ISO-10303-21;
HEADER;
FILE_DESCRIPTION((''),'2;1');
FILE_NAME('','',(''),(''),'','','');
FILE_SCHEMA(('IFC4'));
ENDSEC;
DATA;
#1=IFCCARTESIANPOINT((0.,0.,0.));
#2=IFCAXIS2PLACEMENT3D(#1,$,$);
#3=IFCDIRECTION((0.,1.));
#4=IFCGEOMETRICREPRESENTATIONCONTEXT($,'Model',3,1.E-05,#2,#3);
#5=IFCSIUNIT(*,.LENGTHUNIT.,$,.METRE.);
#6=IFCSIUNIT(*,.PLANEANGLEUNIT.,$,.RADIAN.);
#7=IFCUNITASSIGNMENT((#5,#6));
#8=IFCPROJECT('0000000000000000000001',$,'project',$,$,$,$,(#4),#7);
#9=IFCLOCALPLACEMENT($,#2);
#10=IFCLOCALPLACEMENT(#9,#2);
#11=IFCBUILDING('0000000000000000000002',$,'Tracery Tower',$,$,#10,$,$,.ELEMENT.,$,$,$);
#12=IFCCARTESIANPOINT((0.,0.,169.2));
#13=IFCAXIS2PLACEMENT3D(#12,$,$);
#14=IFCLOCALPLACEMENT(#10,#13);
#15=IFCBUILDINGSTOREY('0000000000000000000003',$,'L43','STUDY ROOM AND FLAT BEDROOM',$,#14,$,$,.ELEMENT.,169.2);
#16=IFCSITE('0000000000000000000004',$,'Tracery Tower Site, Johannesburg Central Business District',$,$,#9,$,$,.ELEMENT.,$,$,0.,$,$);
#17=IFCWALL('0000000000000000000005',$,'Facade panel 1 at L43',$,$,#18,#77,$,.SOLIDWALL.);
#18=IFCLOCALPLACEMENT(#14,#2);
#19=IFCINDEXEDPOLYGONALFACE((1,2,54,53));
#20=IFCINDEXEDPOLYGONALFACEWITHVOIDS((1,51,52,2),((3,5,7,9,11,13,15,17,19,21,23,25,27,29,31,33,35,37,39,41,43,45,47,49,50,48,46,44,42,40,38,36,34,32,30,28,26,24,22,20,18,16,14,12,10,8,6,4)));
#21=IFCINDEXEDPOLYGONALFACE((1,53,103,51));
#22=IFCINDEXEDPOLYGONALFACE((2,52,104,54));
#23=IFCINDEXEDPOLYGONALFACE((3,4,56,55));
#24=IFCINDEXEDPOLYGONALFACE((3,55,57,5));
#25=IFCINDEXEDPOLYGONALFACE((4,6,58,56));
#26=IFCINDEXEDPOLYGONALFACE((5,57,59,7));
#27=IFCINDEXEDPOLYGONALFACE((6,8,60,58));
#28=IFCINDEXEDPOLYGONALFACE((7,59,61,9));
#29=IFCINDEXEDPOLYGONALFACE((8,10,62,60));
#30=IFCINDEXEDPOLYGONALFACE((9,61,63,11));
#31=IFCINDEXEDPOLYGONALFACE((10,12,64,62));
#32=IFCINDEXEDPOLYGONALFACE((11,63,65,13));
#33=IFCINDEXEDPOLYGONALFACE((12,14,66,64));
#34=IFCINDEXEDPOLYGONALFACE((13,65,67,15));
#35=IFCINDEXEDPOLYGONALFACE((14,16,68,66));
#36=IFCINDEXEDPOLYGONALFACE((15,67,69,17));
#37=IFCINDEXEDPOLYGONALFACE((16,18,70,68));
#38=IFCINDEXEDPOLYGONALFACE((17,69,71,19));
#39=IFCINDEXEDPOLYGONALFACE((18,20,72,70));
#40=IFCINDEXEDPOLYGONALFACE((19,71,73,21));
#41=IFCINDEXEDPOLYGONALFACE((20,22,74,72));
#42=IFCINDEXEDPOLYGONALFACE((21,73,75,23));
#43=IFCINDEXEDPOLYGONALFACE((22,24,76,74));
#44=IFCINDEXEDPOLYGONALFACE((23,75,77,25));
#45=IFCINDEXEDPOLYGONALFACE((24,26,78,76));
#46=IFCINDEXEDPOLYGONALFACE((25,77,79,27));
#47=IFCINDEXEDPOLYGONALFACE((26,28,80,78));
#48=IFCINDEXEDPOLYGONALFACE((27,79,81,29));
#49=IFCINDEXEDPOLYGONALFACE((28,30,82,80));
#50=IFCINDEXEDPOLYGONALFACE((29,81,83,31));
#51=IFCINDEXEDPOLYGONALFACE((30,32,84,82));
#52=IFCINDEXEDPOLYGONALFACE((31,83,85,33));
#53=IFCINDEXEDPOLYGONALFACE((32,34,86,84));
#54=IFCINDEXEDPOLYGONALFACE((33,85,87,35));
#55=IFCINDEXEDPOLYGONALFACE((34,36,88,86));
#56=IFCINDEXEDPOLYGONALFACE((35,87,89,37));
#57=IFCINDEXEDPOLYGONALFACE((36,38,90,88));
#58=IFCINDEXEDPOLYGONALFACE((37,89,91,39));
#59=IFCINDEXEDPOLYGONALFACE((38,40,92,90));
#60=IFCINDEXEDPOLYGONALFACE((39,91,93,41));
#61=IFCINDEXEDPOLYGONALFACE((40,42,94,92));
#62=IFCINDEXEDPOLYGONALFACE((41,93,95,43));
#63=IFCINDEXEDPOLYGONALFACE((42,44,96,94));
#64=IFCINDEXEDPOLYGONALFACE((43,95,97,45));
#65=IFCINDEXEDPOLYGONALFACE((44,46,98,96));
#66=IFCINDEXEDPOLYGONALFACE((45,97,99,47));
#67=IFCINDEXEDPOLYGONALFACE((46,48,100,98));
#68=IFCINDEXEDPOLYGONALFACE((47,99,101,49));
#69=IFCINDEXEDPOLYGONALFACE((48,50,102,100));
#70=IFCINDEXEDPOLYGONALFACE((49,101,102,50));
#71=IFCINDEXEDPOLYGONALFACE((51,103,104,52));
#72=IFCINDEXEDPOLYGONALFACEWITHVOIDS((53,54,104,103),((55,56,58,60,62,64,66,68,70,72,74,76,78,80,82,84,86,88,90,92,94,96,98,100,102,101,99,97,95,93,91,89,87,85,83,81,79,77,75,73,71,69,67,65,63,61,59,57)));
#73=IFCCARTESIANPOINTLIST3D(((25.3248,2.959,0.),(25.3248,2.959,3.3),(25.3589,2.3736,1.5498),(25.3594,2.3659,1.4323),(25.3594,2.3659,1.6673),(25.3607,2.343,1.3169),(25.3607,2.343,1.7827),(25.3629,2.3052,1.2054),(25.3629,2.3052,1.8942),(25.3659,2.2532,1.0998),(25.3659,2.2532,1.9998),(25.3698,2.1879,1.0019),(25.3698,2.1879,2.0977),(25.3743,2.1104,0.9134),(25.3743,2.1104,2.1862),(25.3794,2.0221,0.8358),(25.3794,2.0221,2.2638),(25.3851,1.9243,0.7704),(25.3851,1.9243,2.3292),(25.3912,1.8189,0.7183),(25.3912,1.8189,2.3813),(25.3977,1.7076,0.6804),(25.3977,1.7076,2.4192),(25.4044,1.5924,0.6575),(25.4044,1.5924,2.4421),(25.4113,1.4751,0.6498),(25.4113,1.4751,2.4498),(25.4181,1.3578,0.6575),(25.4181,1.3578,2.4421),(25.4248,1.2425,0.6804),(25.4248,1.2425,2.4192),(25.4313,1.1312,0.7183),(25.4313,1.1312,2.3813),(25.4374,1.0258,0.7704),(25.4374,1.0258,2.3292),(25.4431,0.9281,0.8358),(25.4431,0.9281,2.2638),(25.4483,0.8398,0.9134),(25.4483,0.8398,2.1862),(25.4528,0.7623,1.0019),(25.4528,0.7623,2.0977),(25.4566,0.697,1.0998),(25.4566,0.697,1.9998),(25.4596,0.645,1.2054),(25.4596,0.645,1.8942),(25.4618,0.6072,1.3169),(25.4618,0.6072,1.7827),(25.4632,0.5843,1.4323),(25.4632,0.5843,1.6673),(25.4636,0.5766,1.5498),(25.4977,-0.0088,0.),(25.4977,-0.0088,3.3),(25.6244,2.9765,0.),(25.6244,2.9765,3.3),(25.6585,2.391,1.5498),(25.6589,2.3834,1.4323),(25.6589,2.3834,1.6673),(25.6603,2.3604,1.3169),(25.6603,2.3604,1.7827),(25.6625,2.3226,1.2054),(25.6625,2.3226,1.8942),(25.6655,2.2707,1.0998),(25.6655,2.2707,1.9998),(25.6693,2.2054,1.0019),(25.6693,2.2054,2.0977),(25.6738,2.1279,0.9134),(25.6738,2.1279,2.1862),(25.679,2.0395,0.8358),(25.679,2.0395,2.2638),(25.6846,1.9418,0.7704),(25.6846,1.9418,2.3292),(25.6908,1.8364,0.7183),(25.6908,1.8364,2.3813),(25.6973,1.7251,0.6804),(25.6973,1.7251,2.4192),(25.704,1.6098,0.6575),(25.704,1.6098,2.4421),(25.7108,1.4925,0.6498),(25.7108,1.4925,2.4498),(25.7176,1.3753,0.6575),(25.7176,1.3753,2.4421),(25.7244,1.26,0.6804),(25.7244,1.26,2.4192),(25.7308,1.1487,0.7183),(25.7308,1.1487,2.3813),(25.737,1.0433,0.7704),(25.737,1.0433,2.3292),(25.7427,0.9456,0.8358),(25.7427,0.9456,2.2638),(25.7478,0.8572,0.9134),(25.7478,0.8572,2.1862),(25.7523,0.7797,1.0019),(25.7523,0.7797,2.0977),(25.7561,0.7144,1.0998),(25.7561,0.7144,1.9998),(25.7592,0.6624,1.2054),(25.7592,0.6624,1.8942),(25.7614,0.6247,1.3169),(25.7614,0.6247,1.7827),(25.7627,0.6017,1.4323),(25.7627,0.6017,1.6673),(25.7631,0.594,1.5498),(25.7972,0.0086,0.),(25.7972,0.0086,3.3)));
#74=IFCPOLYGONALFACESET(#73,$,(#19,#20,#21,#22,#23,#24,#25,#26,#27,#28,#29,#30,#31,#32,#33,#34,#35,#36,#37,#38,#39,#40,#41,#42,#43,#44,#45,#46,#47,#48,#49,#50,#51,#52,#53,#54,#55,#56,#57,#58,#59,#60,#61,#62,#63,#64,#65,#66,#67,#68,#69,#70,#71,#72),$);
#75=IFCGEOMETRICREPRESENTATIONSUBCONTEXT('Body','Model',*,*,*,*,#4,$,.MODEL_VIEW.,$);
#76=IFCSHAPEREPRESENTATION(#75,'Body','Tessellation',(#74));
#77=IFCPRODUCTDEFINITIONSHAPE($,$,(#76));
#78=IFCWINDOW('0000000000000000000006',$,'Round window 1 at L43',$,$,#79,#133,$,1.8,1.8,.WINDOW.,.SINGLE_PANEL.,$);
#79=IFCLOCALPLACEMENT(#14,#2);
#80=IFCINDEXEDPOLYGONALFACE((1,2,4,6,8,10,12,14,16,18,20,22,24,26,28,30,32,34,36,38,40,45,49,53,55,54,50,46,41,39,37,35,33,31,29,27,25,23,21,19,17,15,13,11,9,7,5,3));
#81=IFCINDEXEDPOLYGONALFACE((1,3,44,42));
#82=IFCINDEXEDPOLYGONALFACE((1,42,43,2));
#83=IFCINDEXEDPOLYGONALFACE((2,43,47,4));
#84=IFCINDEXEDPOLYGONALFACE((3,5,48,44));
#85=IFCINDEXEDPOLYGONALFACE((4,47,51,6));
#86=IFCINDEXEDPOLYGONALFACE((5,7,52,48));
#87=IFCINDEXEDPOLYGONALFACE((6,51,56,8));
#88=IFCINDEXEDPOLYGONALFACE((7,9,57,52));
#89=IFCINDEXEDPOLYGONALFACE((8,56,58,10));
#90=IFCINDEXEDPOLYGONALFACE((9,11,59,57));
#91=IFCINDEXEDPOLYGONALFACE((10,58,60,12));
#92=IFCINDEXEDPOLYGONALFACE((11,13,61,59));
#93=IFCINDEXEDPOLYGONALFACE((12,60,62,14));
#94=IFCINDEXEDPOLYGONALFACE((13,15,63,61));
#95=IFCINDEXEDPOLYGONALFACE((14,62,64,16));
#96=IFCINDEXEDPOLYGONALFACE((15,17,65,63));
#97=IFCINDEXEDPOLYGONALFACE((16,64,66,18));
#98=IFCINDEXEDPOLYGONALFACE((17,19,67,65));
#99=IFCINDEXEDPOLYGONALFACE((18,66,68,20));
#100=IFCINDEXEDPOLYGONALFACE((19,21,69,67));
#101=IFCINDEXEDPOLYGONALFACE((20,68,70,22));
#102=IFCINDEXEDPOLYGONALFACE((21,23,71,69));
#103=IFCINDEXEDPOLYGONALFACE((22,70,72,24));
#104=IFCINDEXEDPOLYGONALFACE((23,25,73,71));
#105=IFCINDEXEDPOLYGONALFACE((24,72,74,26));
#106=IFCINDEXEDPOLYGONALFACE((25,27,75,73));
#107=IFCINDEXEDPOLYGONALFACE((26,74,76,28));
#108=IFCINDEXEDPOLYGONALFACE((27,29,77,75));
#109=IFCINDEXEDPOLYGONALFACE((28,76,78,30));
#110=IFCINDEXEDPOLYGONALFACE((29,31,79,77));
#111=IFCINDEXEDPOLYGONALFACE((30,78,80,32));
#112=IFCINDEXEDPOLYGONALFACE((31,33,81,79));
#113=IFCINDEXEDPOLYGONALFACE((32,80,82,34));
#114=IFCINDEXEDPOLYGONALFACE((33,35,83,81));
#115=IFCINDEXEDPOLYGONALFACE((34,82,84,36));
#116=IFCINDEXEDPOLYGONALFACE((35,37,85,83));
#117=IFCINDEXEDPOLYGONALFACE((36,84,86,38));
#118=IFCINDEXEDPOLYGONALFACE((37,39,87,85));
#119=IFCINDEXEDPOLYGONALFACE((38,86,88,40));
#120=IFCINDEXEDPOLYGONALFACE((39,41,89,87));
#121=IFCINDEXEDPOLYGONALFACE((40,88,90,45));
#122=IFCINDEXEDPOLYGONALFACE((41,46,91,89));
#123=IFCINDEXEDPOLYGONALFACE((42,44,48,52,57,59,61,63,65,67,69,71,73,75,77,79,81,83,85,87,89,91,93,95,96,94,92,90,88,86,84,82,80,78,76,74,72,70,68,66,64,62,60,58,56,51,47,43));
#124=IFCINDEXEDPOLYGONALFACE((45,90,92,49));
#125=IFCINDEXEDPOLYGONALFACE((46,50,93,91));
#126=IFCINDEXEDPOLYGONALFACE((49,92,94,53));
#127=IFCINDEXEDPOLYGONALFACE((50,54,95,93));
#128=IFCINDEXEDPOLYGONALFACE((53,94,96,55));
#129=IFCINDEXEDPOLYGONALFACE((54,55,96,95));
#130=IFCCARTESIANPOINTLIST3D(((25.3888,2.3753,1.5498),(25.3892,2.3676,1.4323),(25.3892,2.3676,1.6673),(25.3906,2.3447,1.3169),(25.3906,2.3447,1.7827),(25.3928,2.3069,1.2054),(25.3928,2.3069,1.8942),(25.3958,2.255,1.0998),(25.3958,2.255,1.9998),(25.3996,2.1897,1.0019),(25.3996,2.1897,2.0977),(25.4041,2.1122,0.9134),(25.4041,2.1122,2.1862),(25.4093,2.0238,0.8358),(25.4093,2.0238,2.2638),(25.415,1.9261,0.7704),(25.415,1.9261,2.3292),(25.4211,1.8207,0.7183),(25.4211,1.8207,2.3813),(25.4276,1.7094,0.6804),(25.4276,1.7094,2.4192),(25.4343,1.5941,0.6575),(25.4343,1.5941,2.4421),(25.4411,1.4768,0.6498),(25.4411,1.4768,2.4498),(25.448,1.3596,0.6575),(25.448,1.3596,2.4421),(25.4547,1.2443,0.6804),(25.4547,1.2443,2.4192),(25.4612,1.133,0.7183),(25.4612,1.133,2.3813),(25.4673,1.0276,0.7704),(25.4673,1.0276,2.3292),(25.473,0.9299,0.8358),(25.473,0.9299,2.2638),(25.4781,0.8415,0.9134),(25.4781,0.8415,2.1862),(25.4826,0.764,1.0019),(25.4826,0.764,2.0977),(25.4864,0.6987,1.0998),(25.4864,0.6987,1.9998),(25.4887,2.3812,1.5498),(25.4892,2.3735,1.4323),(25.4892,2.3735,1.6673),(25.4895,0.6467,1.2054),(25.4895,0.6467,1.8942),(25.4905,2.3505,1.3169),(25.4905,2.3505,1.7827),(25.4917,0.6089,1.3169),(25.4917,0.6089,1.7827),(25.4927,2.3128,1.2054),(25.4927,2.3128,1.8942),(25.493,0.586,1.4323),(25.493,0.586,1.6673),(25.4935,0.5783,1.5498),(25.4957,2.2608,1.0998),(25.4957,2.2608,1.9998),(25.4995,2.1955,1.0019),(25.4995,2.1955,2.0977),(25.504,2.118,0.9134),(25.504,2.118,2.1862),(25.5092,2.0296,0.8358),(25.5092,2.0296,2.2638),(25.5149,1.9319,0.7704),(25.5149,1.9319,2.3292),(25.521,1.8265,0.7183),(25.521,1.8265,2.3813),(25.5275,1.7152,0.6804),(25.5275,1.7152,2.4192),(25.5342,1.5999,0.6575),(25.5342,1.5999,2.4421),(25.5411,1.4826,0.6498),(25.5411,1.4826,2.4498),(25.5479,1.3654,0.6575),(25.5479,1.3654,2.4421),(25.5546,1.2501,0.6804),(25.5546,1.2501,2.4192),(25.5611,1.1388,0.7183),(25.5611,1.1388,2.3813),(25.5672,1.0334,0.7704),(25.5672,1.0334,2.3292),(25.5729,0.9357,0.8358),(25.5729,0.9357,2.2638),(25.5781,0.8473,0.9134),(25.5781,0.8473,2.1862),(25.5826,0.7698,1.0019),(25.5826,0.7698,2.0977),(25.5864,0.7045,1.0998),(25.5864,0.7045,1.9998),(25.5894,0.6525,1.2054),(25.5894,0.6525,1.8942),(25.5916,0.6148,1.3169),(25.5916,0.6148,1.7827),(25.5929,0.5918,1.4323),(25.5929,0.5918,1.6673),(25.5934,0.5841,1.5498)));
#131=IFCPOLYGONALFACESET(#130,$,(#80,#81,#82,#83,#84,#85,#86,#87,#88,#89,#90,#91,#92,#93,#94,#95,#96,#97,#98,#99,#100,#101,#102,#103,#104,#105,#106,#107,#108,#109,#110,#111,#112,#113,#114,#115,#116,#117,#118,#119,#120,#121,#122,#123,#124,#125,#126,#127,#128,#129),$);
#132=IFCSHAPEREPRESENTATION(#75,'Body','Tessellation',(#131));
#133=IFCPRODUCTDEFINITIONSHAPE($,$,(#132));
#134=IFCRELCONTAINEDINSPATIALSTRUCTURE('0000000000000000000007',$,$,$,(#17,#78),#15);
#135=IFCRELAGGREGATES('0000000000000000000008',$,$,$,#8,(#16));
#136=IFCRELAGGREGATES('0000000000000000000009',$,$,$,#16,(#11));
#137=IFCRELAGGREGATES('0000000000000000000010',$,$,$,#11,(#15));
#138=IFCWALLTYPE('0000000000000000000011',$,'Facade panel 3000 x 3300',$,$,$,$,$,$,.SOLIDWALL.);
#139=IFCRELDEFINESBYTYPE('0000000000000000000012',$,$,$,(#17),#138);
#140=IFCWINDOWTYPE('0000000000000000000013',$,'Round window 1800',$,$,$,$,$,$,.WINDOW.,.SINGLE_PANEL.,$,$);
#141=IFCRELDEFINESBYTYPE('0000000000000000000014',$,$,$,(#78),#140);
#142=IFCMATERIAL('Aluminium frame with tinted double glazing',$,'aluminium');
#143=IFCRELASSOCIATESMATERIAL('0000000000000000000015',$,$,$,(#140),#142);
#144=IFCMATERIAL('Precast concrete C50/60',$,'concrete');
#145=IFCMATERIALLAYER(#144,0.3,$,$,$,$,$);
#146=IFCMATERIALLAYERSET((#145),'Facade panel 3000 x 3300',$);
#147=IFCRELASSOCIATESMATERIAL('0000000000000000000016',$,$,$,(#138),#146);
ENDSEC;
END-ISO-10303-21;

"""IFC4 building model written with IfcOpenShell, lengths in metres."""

from ifc_helpers import new_model, si_unit, direction, frame, frame_2d, origin, origin_2d, place, context, subcontext, project, spatial, rectangle, circle, extrude, material, layer, layer_set, type_object, element, fill, save


model = new_model("IFC4")

# Units and contexts
model_context = context("Model", 3, precision=1e-05, world=origin(), true_north=direction((0.0, 1.0)))
body_context = subcontext(model_context, "Body", "Model", "MODEL_VIEW")
ifc_project = project(units=[si_unit("LENGTHUNIT", "METRE"), si_unit("PLANEANGLEUNIT", "RADIAN")], contexts=[model_context])

# Site, building, storey
site_placement = place(None, origin())
site = spatial("IfcSite", under=ifc_project, at=site_placement, Name="Tracery Tower Site, Johannesburg Central Business District", CompositionType="ELEMENT", RefElevation=0.0)
building_placement = place(site_placement, origin())
building = spatial("IfcBuilding", under=site, at=building_placement, Name="Tracery Tower", CompositionType="ELEMENT")
storey_placement = place(building_placement, frame((0.0, 0.0, 169.2)))
storey = spatial("IfcBuildingStorey", under=building, at=storey_placement, Name="L43", Description="STUDY ROOM AND FLAT BEDROOM", CompositionType="ELEMENT", Elevation=169.2)

# Wall, opening, window
ifc_material_1 = material(Name="Aluminium frame with tinted double glazing", Category="aluminium")
window_type = type_object("IfcWindowType", Name="Round window 1800", PartitioningType="SINGLE_PANEL", PredefinedType="WINDOW", material=ifc_material_1)
ifc_material_2 = material(Name="Precast concrete C50/60", Category="concrete")
ifc_layer_1 = layer(ifc_material_2, 0.3)
ifc_layer_set_1 = layer_set([ifc_layer_1], Name="Facade panel 3000 x 3300")
wall_type_1 = type_object("IfcWallType", Name="Facade panel 3000 x 3300", PredefinedType="SOLIDWALL", material=ifc_layer_set_1)
wall_1_placement = place(storey_placement, frame((25.6475, 0.0, 0.0), z_axis=(0.0, 0.0, 1.0), x_axis=(-0.058144, 0.998308, 0.0)))
wall_1 = element("IfcWall", 1, at=wall_1_placement, inside=storey, type_object=wall_type_1, Name="Facade panel 1 at L43", PredefinedType="SOLIDWALL", context=body_context, shape_type="SweptSolid", body=[
    extrude(rectangle(XDim=2.9729, YDim=0.3, at=frame_2d((1.4863, 0.0))), origin(), (0.0, 0.0, 1.0), 3.3),
])
opening_1_placement = place(wall_1_placement, frame((1.4863, 0.0, 1.5498)))
opening_1 = element("IfcOpeningElement", 2, at=opening_1_placement, cuts=wall_1, PredefinedType="OPENING", context=body_context, shape_type="SweptSolid", body=[
    extrude(circle(Radius=0.9, at=origin_2d()), frame((0.0, 0.1599, 0.0), z_axis=(0.0, -1.0, 0.0), x_axis=(1.0, 0.0, 0.0)), (0.0, 0.0, 1.0), 0.3201),
])
window_1_placement = place(opening_1_placement, origin())
window_1 = element("IfcWindow", 3, at=window_1_placement, inside=storey, type_object=window_type, Name="Round window 1 at L43", OverallHeight=1.8, OverallWidth=1.8, PartitioningType="SINGLE_PANEL", PredefinedType="WINDOW", context=body_context, shape_type="SweptSolid", body=[
    extrude(circle(Radius=0.9, at=origin_2d()), frame((0.0, 0.1201, 0.0), z_axis=(0.0, -1.0, 0.0), x_axis=(1.0, 0.0, 0.0)), (0.0, 0.0, 1.0), 0.1001),
])
fill(opening_1, window_1)

save(model, "model.ifc")
